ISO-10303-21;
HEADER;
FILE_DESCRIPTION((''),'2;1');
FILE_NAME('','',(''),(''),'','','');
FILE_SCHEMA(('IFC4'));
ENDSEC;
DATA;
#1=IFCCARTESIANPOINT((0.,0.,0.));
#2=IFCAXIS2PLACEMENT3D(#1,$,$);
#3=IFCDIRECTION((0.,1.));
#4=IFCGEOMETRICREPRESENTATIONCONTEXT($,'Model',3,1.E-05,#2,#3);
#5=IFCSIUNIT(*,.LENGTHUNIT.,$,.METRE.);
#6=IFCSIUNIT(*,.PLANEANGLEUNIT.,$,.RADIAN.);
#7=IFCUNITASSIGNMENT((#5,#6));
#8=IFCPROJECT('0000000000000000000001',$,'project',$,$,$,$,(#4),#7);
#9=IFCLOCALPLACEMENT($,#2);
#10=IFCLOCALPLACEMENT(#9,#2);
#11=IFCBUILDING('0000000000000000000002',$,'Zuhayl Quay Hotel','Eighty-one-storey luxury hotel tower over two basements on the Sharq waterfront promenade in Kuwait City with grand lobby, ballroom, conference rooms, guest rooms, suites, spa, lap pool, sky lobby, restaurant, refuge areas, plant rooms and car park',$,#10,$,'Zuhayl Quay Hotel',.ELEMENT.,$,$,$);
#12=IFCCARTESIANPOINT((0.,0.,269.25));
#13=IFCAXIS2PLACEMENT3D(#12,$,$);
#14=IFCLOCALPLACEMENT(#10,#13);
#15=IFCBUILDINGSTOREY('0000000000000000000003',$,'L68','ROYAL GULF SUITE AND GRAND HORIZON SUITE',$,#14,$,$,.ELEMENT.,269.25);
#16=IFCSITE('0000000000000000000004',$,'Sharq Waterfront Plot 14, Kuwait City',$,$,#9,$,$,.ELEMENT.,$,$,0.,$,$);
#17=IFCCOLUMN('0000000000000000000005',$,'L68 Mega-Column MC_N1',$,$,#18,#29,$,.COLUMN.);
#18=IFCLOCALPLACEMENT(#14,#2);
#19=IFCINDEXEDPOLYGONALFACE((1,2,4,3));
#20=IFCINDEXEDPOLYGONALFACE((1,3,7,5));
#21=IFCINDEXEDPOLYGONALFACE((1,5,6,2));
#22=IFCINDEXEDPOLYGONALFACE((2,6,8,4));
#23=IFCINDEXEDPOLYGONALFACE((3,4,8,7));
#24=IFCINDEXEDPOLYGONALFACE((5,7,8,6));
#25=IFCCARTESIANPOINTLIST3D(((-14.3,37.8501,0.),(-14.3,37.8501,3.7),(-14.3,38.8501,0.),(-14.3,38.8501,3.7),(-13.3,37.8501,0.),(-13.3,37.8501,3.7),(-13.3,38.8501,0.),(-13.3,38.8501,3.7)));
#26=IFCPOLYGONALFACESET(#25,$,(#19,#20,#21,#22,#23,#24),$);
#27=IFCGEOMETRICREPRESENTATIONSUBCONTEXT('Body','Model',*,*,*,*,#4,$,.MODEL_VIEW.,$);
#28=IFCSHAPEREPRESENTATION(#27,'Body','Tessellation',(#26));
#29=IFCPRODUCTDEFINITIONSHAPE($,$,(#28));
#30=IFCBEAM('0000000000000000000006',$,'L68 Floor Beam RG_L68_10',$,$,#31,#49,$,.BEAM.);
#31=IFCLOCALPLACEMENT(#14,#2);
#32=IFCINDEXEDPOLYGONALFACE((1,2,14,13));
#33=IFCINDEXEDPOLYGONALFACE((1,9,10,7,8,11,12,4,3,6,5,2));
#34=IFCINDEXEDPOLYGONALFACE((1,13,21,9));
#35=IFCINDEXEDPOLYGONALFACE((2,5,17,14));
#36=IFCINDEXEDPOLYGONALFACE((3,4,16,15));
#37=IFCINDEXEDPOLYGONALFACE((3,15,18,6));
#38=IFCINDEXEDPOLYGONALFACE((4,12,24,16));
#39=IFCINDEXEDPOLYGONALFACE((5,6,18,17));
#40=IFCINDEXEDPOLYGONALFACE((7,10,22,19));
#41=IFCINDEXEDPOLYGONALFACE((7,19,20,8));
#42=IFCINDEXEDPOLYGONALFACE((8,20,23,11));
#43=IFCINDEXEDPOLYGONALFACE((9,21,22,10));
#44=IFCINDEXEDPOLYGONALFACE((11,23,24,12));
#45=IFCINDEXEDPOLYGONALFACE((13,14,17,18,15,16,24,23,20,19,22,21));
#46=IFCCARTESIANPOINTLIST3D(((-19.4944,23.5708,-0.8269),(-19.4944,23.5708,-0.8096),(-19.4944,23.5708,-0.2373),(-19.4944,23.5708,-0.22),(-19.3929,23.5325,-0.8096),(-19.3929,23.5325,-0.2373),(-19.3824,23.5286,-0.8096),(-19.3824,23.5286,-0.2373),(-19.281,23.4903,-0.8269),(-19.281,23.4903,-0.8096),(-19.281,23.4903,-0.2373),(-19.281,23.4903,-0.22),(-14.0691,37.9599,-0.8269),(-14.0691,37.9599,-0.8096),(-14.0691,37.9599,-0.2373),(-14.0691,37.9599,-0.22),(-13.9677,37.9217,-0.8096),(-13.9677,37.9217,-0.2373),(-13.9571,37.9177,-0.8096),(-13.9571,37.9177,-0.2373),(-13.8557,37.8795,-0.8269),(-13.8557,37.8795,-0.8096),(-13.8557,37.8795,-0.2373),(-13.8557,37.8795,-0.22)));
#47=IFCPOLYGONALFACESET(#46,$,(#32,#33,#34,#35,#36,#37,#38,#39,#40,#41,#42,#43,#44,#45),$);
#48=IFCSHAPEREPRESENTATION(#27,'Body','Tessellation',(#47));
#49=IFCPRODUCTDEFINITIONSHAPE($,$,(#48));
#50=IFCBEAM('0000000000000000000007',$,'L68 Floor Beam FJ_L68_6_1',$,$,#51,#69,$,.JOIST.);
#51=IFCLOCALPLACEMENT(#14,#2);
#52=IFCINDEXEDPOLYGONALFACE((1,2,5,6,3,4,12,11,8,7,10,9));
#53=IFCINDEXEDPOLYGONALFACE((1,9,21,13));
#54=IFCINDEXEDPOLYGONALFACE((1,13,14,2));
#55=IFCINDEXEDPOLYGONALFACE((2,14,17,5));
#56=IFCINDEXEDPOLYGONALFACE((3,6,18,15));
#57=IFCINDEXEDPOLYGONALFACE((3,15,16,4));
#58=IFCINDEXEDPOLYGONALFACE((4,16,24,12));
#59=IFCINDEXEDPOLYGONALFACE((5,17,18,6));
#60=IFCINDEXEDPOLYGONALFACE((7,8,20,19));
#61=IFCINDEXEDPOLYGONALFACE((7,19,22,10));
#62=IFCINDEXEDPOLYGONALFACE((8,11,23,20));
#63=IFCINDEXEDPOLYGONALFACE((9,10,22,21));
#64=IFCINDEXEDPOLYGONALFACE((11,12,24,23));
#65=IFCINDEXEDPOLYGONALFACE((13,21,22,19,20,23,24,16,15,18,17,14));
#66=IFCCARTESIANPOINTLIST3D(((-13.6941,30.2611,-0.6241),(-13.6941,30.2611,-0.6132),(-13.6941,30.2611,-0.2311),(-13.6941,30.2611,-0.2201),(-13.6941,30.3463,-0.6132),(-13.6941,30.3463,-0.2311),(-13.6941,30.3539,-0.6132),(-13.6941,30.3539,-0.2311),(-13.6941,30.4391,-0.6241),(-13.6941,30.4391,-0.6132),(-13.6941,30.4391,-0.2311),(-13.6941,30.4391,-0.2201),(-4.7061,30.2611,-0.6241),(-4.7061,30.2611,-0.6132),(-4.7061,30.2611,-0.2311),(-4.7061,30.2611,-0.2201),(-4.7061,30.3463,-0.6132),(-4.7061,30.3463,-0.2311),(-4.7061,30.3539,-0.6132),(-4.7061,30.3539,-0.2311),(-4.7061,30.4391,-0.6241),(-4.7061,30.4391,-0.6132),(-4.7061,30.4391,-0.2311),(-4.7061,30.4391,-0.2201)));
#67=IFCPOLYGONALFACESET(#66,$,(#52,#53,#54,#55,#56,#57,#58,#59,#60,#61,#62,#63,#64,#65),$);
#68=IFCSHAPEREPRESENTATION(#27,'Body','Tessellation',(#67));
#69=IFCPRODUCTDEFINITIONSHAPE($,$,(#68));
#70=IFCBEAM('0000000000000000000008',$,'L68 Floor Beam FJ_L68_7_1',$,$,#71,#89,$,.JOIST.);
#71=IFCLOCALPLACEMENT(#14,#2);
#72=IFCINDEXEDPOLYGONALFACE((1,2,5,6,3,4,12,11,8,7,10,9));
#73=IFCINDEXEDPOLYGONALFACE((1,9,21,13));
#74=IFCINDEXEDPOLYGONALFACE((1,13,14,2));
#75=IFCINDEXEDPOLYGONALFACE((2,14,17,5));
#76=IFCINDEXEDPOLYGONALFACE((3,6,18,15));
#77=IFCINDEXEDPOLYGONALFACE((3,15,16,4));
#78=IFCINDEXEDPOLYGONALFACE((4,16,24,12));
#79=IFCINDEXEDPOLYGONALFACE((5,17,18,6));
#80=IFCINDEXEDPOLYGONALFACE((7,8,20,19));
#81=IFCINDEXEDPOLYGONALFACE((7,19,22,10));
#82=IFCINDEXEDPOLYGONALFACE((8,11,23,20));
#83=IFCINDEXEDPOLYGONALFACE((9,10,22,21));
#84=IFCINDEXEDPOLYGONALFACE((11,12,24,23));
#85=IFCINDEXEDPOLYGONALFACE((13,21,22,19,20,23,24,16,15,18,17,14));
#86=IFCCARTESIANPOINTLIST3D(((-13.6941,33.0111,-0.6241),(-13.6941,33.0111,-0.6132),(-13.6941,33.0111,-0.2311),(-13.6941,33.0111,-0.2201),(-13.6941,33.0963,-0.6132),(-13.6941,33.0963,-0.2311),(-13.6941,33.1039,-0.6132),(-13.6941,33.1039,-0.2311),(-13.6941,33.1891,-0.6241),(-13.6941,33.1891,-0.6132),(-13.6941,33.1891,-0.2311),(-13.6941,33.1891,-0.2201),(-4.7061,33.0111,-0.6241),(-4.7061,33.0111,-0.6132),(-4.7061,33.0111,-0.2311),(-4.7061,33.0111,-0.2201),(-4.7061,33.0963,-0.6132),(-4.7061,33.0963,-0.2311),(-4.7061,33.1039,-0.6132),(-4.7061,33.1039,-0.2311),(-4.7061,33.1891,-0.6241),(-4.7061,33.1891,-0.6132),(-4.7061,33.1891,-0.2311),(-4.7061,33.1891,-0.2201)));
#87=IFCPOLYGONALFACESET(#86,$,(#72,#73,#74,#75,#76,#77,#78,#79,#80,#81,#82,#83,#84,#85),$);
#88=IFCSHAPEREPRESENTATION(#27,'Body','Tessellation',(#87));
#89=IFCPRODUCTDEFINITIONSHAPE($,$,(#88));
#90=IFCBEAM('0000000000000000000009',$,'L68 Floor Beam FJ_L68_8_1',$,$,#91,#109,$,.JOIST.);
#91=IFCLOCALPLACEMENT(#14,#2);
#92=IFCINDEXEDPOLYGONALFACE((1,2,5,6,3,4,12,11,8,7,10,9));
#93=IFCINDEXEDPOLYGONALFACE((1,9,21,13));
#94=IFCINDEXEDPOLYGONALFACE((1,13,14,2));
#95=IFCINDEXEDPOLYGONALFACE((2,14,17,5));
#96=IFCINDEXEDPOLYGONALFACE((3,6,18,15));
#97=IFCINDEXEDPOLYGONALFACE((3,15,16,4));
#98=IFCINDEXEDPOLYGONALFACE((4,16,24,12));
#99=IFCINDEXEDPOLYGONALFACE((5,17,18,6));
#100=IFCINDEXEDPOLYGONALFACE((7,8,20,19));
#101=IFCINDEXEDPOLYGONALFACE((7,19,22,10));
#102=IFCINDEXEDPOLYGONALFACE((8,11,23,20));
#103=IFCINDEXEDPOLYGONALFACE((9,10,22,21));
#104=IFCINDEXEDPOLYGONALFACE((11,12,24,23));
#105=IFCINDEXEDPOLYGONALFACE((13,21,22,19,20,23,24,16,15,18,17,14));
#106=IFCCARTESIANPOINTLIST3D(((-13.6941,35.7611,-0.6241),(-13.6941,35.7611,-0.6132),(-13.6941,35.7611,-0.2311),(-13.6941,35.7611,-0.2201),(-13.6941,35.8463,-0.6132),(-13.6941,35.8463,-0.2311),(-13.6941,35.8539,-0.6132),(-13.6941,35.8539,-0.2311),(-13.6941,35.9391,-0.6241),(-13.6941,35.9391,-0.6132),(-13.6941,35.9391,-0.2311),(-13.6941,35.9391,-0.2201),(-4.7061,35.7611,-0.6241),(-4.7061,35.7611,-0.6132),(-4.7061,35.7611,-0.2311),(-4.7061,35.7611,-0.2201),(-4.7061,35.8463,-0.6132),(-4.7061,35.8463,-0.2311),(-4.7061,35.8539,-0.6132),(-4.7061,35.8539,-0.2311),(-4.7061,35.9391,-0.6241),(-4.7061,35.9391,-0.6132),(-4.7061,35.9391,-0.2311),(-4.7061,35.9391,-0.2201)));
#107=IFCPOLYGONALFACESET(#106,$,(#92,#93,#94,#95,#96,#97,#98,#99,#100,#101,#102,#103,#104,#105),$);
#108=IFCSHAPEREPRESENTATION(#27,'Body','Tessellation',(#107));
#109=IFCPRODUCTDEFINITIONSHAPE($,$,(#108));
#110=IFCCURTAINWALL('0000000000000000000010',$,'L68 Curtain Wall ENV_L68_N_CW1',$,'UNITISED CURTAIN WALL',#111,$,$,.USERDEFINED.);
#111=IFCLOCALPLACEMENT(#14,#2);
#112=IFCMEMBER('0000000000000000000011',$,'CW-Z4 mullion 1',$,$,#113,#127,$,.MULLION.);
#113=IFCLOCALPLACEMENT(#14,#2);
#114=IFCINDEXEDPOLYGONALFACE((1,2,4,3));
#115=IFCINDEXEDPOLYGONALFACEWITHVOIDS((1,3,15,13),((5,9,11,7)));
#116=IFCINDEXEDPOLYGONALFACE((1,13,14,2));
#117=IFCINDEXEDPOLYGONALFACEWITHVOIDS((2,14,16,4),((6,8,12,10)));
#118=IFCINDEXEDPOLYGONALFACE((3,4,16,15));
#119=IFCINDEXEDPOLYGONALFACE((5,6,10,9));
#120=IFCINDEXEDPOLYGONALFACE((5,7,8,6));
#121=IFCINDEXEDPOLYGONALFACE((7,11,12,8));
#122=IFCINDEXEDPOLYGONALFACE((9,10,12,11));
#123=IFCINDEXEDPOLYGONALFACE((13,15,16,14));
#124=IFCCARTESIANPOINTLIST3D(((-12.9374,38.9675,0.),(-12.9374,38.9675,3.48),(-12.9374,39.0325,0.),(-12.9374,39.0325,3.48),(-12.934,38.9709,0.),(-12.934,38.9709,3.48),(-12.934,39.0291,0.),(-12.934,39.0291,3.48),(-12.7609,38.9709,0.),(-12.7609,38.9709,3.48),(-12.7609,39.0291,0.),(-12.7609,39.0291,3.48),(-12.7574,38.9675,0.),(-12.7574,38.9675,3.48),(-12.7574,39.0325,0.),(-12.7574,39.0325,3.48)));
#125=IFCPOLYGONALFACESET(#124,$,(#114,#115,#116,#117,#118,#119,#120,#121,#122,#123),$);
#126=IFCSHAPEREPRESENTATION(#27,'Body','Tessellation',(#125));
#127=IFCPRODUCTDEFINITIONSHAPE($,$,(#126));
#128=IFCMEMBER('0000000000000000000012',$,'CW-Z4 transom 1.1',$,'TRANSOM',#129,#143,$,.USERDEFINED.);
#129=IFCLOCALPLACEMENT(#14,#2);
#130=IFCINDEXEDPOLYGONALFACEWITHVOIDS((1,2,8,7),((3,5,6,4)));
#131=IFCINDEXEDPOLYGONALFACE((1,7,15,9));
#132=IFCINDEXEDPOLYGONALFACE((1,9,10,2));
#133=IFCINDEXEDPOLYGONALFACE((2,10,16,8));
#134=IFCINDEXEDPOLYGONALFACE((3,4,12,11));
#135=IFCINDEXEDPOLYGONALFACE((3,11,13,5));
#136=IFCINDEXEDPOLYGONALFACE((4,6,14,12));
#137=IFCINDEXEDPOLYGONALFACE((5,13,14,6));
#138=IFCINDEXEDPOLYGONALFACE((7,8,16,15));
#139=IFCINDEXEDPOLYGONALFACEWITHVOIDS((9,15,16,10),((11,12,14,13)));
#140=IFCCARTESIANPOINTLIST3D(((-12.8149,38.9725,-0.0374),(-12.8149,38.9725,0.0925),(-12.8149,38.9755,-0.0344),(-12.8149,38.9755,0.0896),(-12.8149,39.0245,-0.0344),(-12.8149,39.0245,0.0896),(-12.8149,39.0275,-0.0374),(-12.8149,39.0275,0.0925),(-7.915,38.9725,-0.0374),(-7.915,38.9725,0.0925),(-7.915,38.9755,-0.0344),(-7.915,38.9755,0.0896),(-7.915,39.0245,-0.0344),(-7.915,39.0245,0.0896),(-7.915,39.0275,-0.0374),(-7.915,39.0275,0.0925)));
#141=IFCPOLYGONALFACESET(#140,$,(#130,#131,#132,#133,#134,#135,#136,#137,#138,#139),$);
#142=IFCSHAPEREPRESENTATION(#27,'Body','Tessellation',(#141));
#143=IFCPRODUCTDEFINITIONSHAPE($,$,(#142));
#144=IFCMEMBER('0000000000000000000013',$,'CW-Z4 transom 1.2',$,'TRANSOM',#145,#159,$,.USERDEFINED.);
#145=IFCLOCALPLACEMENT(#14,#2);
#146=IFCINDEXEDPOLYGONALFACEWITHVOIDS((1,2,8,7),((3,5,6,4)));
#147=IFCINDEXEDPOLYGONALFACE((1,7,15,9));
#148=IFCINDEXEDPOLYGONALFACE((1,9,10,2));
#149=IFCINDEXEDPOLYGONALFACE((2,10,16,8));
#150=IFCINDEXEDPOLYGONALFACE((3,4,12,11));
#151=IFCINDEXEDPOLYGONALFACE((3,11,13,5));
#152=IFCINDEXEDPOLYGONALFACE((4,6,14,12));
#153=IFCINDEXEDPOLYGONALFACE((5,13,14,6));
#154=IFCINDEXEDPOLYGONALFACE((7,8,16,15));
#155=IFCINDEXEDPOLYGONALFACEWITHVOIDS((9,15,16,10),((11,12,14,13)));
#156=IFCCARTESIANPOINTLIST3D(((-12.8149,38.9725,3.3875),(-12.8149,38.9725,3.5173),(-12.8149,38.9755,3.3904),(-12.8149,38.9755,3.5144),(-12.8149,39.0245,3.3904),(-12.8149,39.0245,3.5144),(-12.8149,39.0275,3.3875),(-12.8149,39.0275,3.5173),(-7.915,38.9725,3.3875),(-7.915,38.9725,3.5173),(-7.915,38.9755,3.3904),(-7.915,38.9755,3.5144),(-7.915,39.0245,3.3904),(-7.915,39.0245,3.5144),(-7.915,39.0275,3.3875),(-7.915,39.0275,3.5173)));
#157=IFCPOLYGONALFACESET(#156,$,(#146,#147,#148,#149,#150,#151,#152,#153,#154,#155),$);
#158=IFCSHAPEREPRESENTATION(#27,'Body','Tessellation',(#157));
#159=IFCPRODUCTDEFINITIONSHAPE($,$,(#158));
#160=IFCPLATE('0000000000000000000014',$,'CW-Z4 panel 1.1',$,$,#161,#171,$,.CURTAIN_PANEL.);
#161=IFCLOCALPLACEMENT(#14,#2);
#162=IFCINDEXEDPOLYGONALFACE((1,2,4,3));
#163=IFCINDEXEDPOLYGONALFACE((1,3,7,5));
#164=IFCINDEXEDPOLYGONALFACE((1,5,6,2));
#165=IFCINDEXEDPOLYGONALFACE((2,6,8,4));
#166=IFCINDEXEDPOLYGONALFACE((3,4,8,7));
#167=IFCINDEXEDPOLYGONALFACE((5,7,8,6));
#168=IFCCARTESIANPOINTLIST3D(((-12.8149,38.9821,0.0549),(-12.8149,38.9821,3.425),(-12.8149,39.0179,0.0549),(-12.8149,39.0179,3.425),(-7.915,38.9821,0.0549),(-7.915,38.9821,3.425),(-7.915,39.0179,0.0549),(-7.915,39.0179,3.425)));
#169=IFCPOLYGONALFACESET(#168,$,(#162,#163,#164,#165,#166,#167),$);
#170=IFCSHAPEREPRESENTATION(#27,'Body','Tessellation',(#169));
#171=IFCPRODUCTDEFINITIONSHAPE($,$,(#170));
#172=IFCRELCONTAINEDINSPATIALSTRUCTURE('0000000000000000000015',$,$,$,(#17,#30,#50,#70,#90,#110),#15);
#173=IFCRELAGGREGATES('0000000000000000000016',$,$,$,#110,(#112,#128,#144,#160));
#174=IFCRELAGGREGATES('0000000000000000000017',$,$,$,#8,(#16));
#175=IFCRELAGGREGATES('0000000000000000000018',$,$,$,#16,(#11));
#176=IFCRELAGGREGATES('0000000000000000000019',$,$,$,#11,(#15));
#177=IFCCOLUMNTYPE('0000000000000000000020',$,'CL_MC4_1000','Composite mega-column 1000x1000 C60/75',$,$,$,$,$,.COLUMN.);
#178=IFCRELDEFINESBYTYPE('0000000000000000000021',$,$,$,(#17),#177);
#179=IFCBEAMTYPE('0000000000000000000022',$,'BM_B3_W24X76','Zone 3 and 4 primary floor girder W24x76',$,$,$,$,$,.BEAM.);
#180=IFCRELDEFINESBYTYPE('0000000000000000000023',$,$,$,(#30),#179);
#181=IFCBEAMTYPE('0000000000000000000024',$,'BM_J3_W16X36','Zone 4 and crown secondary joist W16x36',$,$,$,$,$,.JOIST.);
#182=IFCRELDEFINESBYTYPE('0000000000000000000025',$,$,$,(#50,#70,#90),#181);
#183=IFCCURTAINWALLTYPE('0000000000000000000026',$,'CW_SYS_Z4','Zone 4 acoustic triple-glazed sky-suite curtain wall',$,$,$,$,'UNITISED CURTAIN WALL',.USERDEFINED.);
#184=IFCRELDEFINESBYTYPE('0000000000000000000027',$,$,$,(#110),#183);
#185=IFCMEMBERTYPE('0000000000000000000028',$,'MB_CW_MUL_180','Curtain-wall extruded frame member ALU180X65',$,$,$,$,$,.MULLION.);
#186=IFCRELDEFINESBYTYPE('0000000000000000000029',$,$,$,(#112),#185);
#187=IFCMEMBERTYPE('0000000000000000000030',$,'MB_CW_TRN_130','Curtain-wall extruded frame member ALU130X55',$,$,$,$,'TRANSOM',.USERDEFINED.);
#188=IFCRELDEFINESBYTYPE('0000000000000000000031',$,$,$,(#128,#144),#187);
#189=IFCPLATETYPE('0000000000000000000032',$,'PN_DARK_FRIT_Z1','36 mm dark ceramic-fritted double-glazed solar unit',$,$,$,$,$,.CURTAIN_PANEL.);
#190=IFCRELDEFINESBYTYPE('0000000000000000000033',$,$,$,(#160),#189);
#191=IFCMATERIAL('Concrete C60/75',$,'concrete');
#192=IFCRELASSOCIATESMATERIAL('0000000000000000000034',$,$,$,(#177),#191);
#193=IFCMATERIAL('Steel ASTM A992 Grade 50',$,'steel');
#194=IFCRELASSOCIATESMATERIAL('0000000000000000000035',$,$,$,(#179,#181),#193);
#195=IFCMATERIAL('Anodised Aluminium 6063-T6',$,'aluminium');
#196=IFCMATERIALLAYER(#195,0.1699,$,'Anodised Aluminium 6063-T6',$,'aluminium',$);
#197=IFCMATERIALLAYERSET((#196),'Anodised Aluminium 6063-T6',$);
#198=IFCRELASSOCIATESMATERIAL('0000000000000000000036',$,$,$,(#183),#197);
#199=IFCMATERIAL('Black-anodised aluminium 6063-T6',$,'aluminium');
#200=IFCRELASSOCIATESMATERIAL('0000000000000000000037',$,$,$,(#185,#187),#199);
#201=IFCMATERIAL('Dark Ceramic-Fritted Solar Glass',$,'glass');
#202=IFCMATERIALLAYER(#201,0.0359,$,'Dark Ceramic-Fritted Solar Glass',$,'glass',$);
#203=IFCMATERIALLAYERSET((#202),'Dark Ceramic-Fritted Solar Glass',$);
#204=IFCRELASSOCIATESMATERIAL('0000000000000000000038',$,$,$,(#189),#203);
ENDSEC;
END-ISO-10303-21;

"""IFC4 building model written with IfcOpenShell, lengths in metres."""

from ifc_helpers import new_model, si_unit, direction, frame, origin, origin_2d, place, context, subcontext, project, spatial, rectangle, hollow_rectangle, i_section, extrude, material, layer, layer_set, material_profile, profile_set, type_object, element, aggregate, save


model = new_model("IFC4")

# Units and contexts
model_context = context("Model", 3, precision=1e-05, world=origin(), true_north=direction((0.0, 1.0)))
body_context = subcontext(model_context, "Body", "Model", "MODEL_VIEW")
ifc_project = project(units=[si_unit("LENGTHUNIT", "METRE"), si_unit("PLANEANGLEUNIT", "RADIAN")], contexts=[model_context])

# Site, building, storey
site_placement = place(None, origin())
site = spatial("IfcSite", under=ifc_project, at=site_placement, Name="Sharq Waterfront Plot 14, Kuwait City", CompositionType="ELEMENT", RefElevation=0.0)
building_placement = place(site_placement, origin())
building = spatial("IfcBuilding", under=site, at=building_placement, Name="Zuhayl Quay Hotel", Description="Eighty-one-storey luxury hotel tower over two basements on the Sharq waterfront promenade in Kuwait City with grand lobby, ballroom, conference rooms, guest rooms, suites, spa, lap pool, sky lobby, restaurant, refuge areas, plant rooms and car park", LongName="Zuhayl Quay Hotel", CompositionType="ELEMENT")
storey_placement = place(building_placement, frame((0.0, 0.0, 269.25)))
storey = spatial("IfcBuildingStorey", under=building, at=storey_placement, Name="L68", Description="ROYAL GULF SUITE AND GRAND HORIZON SUITE", CompositionType="ELEMENT", Elevation=269.25)

# Column
ifc_material_1 = material(Name="Concrete C60/75", Category="concrete")
ifc_material_profile_1 = material_profile(ifc_material_1, rectangle(XDim=1.0, YDim=1.0, at=origin_2d()), Name="RC1000X1000")
ifc_profile_set_1 = profile_set([ifc_material_profile_1], Name="Concrete C60/75")
column_type = type_object("IfcColumnType", Name="CL_MC4_1000", Description="Composite mega-column 1000x1000 C60/75", PredefinedType="COLUMN", material=ifc_profile_set_1)
column_placement = place(storey_placement, frame((-13.8, 38.3501, 0.0), z_axis=(0.0, 0.0, 1.0), x_axis=(1.0, 0.0, 0.0)))
element("IfcColumn", 1, at=column_placement, inside=storey, type_object=column_type, Name="L68 Mega-Column MC_N1", PredefinedType="COLUMN", context=body_context, shape_type="SweptSolid", body=[
    extrude(rectangle(XDim=1.0, YDim=1.0, at=origin_2d()), origin(), (0.0, 0.0, 1.0), 3.7),
])

# Beams
ifc_material_2 = material(Name="Steel ASTM A992 Grade 50", Category="steel")
ifc_material_profile_2 = material_profile(ifc_material_2, i_section(OverallWidth=0.228, OverallDepth=0.6069, WebThickness=0.0112, FlangeThickness=0.0173, at=origin_2d()), Name="W24X76")
ifc_profile_set_2 = profile_set([ifc_material_profile_2], Name="Steel ASTM A992 Grade 50")
beam_type_1 = type_object("IfcBeamType", Name="BM_B3_W24X76", Description="Zone 3 and 4 primary floor girder W24x76", PredefinedType="BEAM", material=ifc_profile_set_2)
beam_placement = place(storey_placement, frame((-13.9624, 37.9197, -0.5234), z_axis=(-0.352797, -0.9357, 0.0), x_axis=(0.9357, -0.352797, 0.0)))
element("IfcBeam", 2, at=beam_placement, inside=storey, type_object=beam_type_1, Name="L68 Floor Beam RG_L68_10", PredefinedType="BEAM", context=body_context, shape_type="SweptSolid", body=[
    extrude(i_section(OverallWidth=0.228, OverallDepth=0.6069, WebThickness=0.0112, FlangeThickness=0.0173, at=origin_2d()), origin(), (0.0, 0.0, 1.0), 15.3779),
])
ifc_material_profile_3 = material_profile(ifc_material_2, i_section(OverallWidth=0.178, OverallDepth=0.4041, WebThickness=0.0076, FlangeThickness=0.011, at=origin_2d()), Name="W16X36")
ifc_profile_set_3 = profile_set([ifc_material_profile_3], Name="Steel ASTM A992 Grade 50")
beam_type_2 = type_object("IfcBeamType", Name="BM_J3_W16X36", Description="Zone 4 and crown secondary joist W16x36", PredefinedType="JOIST", material=ifc_profile_set_3)
for number, where, z_axis, x_axis, name in (
    (3, (-13.6941, 30.3501, -0.4221), (1.0, 0.0, 0.0), (0.0, 1.0, 0.0), "L68 Floor Beam FJ_L68_6_1"),
    (4, (-13.6941, 33.1001, -0.4221), (1.0, 0.0, 0.0), (0.0, 1.0, 0.0), "L68 Floor Beam FJ_L68_7_1"),
    (5, (-13.6941, 35.8501, -0.4221), (1.0, 0.0, 0.0), (0.0, 1.0, 0.0), "L68 Floor Beam FJ_L68_8_1"),
):
    element("IfcBeam", number, at=place(storey_placement, frame(where, z_axis=z_axis, x_axis=x_axis)), inside=storey, type_object=beam_type_2, Name=name, PredefinedType="JOIST", context=body_context, shape_type="SweptSolid", body=[
        extrude(i_section(OverallWidth=0.178, OverallDepth=0.4041, WebThickness=0.0076, FlangeThickness=0.011, at=origin_2d()), origin(), (0.0, 0.0, 1.0), 8.988),
    ])

# Curtain wall, members, plate
ifc_material_3 = material(Name="Anodised Aluminium 6063-T6", Category="aluminium")
ifc_layer_1 = layer(ifc_material_3, 0.1699, Name="Anodised Aluminium 6063-T6", Category="aluminium")
ifc_layer_set_1 = layer_set([ifc_layer_1], Name="Anodised Aluminium 6063-T6")
curtain_wall_type = type_object("IfcCurtainWallType", Name="CW_SYS_Z4", Description="Zone 4 acoustic triple-glazed sky-suite curtain wall", ElementType="UNITISED CURTAIN WALL", PredefinedType="USERDEFINED", material=ifc_layer_set_1)
curtain_wall_placement = place(storey_placement, origin())
curtain_wall = element("IfcCurtainWall", 6, at=curtain_wall_placement, inside=storey, type_object=curtain_wall_type, Name="L68 Curtain Wall ENV_L68_N_CW1", ObjectType="UNITISED CURTAIN WALL", PredefinedType="USERDEFINED")
ifc_material_4 = material(Name="Black-anodised aluminium 6063-T6", Category="aluminium")
ifc_material_profile_4 = material_profile(ifc_material_4, hollow_rectangle(XDim=0.0649, YDim=0.1799, WallThickness=0.0034, at=origin_2d()), Name="ALU180X65")
ifc_profile_set_4 = profile_set([ifc_material_profile_4], Name="Black-anodised aluminium 6063-T6")
member_type_1 = type_object("IfcMemberType", Name="MB_CW_MUL_180", Description="Curtain-wall extruded frame member ALU180X65", PredefinedType="MULLION", material=ifc_profile_set_4)
member_1_placement = place(storey_placement, frame((-12.8474, 39.0, 0.0), z_axis=(0.0, 0.0, 1.0), x_axis=(0.0, 1.0, 0.0)))
member_1 = element("IfcMember", 7, at=member_1_placement, type_object=member_type_1, Name="CW-Z4 mullion 1", PredefinedType="MULLION", context=body_context, shape_type="SweptSolid", body=[
    extrude(hollow_rectangle(XDim=0.0649, YDim=0.1799, WallThickness=0.0034, at=origin_2d()), origin(), (0.0, 0.0, 1.0), 3.48),
])
ifc_material_profile_5 = material_profile(ifc_material_4, hollow_rectangle(XDim=0.0549, YDim=0.1299, WallThickness=0.0029, at=origin_2d()), Name="ALU130X55")
ifc_profile_set_5 = profile_set([ifc_material_profile_5], Name="Black-anodised aluminium 6063-T6")
member_type_2 = type_object("IfcMemberType", Name="MB_CW_TRN_130", Description="Curtain-wall extruded frame member ALU130X55", ElementType="TRANSOM", PredefinedType="USERDEFINED", material=ifc_profile_set_5)
member_2_placement = place(storey_placement, frame((-12.8149, 39.0, 0.0276), z_axis=(1.0, 0.0, 0.0), x_axis=(0.0, 1.0, 0.0)))
member_2 = element("IfcMember", 8, at=member_2_placement, type_object=member_type_2, Name="CW-Z4 transom 1.1", ObjectType="TRANSOM", PredefinedType="USERDEFINED", context=body_context, shape_type="SweptSolid", body=[
    extrude(hollow_rectangle(XDim=0.0549, YDim=0.1299, WallThickness=0.0029, at=origin_2d()), origin(), (0.0, 0.0, 1.0), 4.8999),
])
member_3_placement = place(storey_placement, frame((-12.8149, 39.0, 3.4524), z_axis=(1.0, 0.0, 0.0), x_axis=(0.0, 1.0, 0.0)))
member_3 = element("IfcMember", 9, at=member_3_placement, type_object=member_type_2, Name="CW-Z4 transom 1.2", ObjectType="TRANSOM", PredefinedType="USERDEFINED", context=body_context, shape_type="SweptSolid", body=[
    extrude(hollow_rectangle(XDim=0.0549, YDim=0.1299, WallThickness=0.0029, at=origin_2d()), origin(), (0.0, 0.0, 1.0), 4.8999),
])
ifc_material_5 = material(Name="Dark Ceramic-Fritted Solar Glass", Category="glass")
ifc_layer_2 = layer(ifc_material_5, 0.0359, Name="Dark Ceramic-Fritted Solar Glass", Category="glass")
ifc_layer_set_2 = layer_set([ifc_layer_2], Name="Dark Ceramic-Fritted Solar Glass")
plate_type = type_object("IfcPlateType", Name="PN_DARK_FRIT_Z1", Description="36 mm dark ceramic-fritted double-glazed solar unit", PredefinedType="CURTAIN_PANEL", material=ifc_layer_set_2)
plate_placement = place(storey_placement, frame((-10.365, 39.0, 0.0549), z_axis=(0.0, 0.0, 1.0), x_axis=(1.0, 0.0, 0.0)))
plate = element("IfcPlate", 10, at=plate_placement, type_object=plate_type, Name="CW-Z4 panel 1.1", PredefinedType="CURTAIN_PANEL", context=body_context, shape_type="SweptSolid", body=[
    extrude(rectangle(XDim=4.8999, YDim=0.0359, at=origin_2d()), origin(), (0.0, 0.0, 1.0), 3.3701),
])
aggregate(curtain_wall, [member_1, member_2, member_3, plate])

save(model, "model.ifc")
